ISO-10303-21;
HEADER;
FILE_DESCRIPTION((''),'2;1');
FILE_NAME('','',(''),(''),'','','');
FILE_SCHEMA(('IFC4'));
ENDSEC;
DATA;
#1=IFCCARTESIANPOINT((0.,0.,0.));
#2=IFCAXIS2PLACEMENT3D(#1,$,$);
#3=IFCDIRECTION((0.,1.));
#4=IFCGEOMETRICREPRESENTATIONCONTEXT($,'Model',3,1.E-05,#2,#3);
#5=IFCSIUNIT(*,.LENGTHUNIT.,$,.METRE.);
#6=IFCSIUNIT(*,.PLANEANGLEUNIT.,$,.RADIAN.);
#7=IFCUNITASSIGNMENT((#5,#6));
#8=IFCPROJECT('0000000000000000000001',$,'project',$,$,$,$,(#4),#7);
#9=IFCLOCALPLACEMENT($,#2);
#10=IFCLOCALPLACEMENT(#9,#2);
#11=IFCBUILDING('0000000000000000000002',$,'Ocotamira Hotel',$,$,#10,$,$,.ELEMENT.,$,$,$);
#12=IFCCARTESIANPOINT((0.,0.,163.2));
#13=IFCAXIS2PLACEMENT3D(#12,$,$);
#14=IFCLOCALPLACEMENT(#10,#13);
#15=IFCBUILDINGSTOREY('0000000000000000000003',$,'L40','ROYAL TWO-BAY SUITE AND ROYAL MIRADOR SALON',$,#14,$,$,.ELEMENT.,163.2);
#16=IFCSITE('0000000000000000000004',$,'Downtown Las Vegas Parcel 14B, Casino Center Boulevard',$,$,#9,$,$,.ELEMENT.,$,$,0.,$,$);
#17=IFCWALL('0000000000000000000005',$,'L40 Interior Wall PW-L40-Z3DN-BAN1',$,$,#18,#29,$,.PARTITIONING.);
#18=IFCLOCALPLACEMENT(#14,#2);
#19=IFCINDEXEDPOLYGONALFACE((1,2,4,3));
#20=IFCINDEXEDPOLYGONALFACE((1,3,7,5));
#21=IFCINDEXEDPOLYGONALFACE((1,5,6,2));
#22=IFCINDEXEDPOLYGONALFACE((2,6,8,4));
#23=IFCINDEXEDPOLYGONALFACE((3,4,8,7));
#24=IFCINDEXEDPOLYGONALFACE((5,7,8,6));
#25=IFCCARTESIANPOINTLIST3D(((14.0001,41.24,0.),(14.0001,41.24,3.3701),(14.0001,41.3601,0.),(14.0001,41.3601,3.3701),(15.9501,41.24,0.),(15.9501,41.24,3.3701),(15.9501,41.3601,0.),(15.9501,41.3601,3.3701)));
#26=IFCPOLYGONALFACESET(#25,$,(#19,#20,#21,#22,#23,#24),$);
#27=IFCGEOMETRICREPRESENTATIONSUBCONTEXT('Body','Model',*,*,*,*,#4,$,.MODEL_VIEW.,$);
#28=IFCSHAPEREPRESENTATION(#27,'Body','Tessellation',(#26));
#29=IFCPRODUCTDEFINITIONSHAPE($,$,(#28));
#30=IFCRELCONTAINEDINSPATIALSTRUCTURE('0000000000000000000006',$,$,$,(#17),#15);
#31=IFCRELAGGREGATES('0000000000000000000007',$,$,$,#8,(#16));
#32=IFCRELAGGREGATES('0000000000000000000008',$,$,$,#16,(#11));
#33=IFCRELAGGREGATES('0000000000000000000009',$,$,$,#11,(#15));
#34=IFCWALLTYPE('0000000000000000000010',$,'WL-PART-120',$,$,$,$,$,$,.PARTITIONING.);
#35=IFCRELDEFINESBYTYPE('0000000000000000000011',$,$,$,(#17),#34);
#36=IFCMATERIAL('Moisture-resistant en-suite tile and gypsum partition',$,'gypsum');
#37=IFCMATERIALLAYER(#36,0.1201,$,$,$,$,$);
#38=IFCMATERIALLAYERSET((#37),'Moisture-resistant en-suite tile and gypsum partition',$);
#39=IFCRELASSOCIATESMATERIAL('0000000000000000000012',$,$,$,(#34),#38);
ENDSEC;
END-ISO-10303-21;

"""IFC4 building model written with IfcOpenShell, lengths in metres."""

from ifc_helpers import new_model, si_unit, direction, frame, frame_2d, origin, place, context, subcontext, project, spatial, rectangle, extrude, material, layer, layer_set, type_object, element, save


model = new_model("IFC4")

# Units and contexts
model_context = context("Model", 3, precision=1e-05, world=origin(), true_north=direction((0.0, 1.0)))
body_context = subcontext(model_context, "Body", "Model", "MODEL_VIEW")
ifc_project = project(units=[si_unit("LENGTHUNIT", "METRE"), si_unit("PLANEANGLEUNIT", "RADIAN")], contexts=[model_context])

# Site, building, storey
site_placement = place(None, origin())
site = spatial("IfcSite", under=ifc_project, at=site_placement, Name="Downtown Las Vegas Parcel 14B, Casino Center Boulevard", CompositionType="ELEMENT", RefElevation=0.0)
building_placement = place(site_placement, origin())
building = spatial("IfcBuilding", under=site, at=building_placement, Name="Ocotamira Hotel", CompositionType="ELEMENT")
storey_placement = place(building_placement, frame((0.0, 0.0, 163.2)))
storey = spatial("IfcBuildingStorey", under=building, at=storey_placement, Name="L40", Description="ROYAL TWO-BAY SUITE AND ROYAL MIRADOR SALON", CompositionType="ELEMENT", Elevation=163.2)

# Wall
ifc_material_1 = material(Name="Moisture-resistant en-suite tile and gypsum partition", Category="gypsum")
ifc_layer_1 = layer(ifc_material_1, 0.1201)
ifc_layer_set_1 = layer_set([ifc_layer_1], Name="Moisture-resistant en-suite tile and gypsum partition")
wall_type_1 = type_object("IfcWallType", Name="WL-PART-120", PredefinedType="PARTITIONING", material=ifc_layer_set_1)
wall_1_placement = place(storey_placement, frame((14.0, 41.3, 0.0), z_axis=(0.0, 0.0, 1.0), x_axis=(1.0, 0.0, 0.0)))
element("IfcWall", 1, at=wall_1_placement, inside=storey, type_object=wall_type_1, Name="L40 Interior Wall PW-L40-Z3DN-BAN1", PredefinedType="PARTITIONING", context=body_context, shape_type="SweptSolid", body=[
    extrude(rectangle(XDim=1.95, YDim=0.1201, at=frame_2d((0.9751, 0.0))), origin(), (0.0, 0.0, 1.0), 3.3701),
])

save(model, "model.ifc")
